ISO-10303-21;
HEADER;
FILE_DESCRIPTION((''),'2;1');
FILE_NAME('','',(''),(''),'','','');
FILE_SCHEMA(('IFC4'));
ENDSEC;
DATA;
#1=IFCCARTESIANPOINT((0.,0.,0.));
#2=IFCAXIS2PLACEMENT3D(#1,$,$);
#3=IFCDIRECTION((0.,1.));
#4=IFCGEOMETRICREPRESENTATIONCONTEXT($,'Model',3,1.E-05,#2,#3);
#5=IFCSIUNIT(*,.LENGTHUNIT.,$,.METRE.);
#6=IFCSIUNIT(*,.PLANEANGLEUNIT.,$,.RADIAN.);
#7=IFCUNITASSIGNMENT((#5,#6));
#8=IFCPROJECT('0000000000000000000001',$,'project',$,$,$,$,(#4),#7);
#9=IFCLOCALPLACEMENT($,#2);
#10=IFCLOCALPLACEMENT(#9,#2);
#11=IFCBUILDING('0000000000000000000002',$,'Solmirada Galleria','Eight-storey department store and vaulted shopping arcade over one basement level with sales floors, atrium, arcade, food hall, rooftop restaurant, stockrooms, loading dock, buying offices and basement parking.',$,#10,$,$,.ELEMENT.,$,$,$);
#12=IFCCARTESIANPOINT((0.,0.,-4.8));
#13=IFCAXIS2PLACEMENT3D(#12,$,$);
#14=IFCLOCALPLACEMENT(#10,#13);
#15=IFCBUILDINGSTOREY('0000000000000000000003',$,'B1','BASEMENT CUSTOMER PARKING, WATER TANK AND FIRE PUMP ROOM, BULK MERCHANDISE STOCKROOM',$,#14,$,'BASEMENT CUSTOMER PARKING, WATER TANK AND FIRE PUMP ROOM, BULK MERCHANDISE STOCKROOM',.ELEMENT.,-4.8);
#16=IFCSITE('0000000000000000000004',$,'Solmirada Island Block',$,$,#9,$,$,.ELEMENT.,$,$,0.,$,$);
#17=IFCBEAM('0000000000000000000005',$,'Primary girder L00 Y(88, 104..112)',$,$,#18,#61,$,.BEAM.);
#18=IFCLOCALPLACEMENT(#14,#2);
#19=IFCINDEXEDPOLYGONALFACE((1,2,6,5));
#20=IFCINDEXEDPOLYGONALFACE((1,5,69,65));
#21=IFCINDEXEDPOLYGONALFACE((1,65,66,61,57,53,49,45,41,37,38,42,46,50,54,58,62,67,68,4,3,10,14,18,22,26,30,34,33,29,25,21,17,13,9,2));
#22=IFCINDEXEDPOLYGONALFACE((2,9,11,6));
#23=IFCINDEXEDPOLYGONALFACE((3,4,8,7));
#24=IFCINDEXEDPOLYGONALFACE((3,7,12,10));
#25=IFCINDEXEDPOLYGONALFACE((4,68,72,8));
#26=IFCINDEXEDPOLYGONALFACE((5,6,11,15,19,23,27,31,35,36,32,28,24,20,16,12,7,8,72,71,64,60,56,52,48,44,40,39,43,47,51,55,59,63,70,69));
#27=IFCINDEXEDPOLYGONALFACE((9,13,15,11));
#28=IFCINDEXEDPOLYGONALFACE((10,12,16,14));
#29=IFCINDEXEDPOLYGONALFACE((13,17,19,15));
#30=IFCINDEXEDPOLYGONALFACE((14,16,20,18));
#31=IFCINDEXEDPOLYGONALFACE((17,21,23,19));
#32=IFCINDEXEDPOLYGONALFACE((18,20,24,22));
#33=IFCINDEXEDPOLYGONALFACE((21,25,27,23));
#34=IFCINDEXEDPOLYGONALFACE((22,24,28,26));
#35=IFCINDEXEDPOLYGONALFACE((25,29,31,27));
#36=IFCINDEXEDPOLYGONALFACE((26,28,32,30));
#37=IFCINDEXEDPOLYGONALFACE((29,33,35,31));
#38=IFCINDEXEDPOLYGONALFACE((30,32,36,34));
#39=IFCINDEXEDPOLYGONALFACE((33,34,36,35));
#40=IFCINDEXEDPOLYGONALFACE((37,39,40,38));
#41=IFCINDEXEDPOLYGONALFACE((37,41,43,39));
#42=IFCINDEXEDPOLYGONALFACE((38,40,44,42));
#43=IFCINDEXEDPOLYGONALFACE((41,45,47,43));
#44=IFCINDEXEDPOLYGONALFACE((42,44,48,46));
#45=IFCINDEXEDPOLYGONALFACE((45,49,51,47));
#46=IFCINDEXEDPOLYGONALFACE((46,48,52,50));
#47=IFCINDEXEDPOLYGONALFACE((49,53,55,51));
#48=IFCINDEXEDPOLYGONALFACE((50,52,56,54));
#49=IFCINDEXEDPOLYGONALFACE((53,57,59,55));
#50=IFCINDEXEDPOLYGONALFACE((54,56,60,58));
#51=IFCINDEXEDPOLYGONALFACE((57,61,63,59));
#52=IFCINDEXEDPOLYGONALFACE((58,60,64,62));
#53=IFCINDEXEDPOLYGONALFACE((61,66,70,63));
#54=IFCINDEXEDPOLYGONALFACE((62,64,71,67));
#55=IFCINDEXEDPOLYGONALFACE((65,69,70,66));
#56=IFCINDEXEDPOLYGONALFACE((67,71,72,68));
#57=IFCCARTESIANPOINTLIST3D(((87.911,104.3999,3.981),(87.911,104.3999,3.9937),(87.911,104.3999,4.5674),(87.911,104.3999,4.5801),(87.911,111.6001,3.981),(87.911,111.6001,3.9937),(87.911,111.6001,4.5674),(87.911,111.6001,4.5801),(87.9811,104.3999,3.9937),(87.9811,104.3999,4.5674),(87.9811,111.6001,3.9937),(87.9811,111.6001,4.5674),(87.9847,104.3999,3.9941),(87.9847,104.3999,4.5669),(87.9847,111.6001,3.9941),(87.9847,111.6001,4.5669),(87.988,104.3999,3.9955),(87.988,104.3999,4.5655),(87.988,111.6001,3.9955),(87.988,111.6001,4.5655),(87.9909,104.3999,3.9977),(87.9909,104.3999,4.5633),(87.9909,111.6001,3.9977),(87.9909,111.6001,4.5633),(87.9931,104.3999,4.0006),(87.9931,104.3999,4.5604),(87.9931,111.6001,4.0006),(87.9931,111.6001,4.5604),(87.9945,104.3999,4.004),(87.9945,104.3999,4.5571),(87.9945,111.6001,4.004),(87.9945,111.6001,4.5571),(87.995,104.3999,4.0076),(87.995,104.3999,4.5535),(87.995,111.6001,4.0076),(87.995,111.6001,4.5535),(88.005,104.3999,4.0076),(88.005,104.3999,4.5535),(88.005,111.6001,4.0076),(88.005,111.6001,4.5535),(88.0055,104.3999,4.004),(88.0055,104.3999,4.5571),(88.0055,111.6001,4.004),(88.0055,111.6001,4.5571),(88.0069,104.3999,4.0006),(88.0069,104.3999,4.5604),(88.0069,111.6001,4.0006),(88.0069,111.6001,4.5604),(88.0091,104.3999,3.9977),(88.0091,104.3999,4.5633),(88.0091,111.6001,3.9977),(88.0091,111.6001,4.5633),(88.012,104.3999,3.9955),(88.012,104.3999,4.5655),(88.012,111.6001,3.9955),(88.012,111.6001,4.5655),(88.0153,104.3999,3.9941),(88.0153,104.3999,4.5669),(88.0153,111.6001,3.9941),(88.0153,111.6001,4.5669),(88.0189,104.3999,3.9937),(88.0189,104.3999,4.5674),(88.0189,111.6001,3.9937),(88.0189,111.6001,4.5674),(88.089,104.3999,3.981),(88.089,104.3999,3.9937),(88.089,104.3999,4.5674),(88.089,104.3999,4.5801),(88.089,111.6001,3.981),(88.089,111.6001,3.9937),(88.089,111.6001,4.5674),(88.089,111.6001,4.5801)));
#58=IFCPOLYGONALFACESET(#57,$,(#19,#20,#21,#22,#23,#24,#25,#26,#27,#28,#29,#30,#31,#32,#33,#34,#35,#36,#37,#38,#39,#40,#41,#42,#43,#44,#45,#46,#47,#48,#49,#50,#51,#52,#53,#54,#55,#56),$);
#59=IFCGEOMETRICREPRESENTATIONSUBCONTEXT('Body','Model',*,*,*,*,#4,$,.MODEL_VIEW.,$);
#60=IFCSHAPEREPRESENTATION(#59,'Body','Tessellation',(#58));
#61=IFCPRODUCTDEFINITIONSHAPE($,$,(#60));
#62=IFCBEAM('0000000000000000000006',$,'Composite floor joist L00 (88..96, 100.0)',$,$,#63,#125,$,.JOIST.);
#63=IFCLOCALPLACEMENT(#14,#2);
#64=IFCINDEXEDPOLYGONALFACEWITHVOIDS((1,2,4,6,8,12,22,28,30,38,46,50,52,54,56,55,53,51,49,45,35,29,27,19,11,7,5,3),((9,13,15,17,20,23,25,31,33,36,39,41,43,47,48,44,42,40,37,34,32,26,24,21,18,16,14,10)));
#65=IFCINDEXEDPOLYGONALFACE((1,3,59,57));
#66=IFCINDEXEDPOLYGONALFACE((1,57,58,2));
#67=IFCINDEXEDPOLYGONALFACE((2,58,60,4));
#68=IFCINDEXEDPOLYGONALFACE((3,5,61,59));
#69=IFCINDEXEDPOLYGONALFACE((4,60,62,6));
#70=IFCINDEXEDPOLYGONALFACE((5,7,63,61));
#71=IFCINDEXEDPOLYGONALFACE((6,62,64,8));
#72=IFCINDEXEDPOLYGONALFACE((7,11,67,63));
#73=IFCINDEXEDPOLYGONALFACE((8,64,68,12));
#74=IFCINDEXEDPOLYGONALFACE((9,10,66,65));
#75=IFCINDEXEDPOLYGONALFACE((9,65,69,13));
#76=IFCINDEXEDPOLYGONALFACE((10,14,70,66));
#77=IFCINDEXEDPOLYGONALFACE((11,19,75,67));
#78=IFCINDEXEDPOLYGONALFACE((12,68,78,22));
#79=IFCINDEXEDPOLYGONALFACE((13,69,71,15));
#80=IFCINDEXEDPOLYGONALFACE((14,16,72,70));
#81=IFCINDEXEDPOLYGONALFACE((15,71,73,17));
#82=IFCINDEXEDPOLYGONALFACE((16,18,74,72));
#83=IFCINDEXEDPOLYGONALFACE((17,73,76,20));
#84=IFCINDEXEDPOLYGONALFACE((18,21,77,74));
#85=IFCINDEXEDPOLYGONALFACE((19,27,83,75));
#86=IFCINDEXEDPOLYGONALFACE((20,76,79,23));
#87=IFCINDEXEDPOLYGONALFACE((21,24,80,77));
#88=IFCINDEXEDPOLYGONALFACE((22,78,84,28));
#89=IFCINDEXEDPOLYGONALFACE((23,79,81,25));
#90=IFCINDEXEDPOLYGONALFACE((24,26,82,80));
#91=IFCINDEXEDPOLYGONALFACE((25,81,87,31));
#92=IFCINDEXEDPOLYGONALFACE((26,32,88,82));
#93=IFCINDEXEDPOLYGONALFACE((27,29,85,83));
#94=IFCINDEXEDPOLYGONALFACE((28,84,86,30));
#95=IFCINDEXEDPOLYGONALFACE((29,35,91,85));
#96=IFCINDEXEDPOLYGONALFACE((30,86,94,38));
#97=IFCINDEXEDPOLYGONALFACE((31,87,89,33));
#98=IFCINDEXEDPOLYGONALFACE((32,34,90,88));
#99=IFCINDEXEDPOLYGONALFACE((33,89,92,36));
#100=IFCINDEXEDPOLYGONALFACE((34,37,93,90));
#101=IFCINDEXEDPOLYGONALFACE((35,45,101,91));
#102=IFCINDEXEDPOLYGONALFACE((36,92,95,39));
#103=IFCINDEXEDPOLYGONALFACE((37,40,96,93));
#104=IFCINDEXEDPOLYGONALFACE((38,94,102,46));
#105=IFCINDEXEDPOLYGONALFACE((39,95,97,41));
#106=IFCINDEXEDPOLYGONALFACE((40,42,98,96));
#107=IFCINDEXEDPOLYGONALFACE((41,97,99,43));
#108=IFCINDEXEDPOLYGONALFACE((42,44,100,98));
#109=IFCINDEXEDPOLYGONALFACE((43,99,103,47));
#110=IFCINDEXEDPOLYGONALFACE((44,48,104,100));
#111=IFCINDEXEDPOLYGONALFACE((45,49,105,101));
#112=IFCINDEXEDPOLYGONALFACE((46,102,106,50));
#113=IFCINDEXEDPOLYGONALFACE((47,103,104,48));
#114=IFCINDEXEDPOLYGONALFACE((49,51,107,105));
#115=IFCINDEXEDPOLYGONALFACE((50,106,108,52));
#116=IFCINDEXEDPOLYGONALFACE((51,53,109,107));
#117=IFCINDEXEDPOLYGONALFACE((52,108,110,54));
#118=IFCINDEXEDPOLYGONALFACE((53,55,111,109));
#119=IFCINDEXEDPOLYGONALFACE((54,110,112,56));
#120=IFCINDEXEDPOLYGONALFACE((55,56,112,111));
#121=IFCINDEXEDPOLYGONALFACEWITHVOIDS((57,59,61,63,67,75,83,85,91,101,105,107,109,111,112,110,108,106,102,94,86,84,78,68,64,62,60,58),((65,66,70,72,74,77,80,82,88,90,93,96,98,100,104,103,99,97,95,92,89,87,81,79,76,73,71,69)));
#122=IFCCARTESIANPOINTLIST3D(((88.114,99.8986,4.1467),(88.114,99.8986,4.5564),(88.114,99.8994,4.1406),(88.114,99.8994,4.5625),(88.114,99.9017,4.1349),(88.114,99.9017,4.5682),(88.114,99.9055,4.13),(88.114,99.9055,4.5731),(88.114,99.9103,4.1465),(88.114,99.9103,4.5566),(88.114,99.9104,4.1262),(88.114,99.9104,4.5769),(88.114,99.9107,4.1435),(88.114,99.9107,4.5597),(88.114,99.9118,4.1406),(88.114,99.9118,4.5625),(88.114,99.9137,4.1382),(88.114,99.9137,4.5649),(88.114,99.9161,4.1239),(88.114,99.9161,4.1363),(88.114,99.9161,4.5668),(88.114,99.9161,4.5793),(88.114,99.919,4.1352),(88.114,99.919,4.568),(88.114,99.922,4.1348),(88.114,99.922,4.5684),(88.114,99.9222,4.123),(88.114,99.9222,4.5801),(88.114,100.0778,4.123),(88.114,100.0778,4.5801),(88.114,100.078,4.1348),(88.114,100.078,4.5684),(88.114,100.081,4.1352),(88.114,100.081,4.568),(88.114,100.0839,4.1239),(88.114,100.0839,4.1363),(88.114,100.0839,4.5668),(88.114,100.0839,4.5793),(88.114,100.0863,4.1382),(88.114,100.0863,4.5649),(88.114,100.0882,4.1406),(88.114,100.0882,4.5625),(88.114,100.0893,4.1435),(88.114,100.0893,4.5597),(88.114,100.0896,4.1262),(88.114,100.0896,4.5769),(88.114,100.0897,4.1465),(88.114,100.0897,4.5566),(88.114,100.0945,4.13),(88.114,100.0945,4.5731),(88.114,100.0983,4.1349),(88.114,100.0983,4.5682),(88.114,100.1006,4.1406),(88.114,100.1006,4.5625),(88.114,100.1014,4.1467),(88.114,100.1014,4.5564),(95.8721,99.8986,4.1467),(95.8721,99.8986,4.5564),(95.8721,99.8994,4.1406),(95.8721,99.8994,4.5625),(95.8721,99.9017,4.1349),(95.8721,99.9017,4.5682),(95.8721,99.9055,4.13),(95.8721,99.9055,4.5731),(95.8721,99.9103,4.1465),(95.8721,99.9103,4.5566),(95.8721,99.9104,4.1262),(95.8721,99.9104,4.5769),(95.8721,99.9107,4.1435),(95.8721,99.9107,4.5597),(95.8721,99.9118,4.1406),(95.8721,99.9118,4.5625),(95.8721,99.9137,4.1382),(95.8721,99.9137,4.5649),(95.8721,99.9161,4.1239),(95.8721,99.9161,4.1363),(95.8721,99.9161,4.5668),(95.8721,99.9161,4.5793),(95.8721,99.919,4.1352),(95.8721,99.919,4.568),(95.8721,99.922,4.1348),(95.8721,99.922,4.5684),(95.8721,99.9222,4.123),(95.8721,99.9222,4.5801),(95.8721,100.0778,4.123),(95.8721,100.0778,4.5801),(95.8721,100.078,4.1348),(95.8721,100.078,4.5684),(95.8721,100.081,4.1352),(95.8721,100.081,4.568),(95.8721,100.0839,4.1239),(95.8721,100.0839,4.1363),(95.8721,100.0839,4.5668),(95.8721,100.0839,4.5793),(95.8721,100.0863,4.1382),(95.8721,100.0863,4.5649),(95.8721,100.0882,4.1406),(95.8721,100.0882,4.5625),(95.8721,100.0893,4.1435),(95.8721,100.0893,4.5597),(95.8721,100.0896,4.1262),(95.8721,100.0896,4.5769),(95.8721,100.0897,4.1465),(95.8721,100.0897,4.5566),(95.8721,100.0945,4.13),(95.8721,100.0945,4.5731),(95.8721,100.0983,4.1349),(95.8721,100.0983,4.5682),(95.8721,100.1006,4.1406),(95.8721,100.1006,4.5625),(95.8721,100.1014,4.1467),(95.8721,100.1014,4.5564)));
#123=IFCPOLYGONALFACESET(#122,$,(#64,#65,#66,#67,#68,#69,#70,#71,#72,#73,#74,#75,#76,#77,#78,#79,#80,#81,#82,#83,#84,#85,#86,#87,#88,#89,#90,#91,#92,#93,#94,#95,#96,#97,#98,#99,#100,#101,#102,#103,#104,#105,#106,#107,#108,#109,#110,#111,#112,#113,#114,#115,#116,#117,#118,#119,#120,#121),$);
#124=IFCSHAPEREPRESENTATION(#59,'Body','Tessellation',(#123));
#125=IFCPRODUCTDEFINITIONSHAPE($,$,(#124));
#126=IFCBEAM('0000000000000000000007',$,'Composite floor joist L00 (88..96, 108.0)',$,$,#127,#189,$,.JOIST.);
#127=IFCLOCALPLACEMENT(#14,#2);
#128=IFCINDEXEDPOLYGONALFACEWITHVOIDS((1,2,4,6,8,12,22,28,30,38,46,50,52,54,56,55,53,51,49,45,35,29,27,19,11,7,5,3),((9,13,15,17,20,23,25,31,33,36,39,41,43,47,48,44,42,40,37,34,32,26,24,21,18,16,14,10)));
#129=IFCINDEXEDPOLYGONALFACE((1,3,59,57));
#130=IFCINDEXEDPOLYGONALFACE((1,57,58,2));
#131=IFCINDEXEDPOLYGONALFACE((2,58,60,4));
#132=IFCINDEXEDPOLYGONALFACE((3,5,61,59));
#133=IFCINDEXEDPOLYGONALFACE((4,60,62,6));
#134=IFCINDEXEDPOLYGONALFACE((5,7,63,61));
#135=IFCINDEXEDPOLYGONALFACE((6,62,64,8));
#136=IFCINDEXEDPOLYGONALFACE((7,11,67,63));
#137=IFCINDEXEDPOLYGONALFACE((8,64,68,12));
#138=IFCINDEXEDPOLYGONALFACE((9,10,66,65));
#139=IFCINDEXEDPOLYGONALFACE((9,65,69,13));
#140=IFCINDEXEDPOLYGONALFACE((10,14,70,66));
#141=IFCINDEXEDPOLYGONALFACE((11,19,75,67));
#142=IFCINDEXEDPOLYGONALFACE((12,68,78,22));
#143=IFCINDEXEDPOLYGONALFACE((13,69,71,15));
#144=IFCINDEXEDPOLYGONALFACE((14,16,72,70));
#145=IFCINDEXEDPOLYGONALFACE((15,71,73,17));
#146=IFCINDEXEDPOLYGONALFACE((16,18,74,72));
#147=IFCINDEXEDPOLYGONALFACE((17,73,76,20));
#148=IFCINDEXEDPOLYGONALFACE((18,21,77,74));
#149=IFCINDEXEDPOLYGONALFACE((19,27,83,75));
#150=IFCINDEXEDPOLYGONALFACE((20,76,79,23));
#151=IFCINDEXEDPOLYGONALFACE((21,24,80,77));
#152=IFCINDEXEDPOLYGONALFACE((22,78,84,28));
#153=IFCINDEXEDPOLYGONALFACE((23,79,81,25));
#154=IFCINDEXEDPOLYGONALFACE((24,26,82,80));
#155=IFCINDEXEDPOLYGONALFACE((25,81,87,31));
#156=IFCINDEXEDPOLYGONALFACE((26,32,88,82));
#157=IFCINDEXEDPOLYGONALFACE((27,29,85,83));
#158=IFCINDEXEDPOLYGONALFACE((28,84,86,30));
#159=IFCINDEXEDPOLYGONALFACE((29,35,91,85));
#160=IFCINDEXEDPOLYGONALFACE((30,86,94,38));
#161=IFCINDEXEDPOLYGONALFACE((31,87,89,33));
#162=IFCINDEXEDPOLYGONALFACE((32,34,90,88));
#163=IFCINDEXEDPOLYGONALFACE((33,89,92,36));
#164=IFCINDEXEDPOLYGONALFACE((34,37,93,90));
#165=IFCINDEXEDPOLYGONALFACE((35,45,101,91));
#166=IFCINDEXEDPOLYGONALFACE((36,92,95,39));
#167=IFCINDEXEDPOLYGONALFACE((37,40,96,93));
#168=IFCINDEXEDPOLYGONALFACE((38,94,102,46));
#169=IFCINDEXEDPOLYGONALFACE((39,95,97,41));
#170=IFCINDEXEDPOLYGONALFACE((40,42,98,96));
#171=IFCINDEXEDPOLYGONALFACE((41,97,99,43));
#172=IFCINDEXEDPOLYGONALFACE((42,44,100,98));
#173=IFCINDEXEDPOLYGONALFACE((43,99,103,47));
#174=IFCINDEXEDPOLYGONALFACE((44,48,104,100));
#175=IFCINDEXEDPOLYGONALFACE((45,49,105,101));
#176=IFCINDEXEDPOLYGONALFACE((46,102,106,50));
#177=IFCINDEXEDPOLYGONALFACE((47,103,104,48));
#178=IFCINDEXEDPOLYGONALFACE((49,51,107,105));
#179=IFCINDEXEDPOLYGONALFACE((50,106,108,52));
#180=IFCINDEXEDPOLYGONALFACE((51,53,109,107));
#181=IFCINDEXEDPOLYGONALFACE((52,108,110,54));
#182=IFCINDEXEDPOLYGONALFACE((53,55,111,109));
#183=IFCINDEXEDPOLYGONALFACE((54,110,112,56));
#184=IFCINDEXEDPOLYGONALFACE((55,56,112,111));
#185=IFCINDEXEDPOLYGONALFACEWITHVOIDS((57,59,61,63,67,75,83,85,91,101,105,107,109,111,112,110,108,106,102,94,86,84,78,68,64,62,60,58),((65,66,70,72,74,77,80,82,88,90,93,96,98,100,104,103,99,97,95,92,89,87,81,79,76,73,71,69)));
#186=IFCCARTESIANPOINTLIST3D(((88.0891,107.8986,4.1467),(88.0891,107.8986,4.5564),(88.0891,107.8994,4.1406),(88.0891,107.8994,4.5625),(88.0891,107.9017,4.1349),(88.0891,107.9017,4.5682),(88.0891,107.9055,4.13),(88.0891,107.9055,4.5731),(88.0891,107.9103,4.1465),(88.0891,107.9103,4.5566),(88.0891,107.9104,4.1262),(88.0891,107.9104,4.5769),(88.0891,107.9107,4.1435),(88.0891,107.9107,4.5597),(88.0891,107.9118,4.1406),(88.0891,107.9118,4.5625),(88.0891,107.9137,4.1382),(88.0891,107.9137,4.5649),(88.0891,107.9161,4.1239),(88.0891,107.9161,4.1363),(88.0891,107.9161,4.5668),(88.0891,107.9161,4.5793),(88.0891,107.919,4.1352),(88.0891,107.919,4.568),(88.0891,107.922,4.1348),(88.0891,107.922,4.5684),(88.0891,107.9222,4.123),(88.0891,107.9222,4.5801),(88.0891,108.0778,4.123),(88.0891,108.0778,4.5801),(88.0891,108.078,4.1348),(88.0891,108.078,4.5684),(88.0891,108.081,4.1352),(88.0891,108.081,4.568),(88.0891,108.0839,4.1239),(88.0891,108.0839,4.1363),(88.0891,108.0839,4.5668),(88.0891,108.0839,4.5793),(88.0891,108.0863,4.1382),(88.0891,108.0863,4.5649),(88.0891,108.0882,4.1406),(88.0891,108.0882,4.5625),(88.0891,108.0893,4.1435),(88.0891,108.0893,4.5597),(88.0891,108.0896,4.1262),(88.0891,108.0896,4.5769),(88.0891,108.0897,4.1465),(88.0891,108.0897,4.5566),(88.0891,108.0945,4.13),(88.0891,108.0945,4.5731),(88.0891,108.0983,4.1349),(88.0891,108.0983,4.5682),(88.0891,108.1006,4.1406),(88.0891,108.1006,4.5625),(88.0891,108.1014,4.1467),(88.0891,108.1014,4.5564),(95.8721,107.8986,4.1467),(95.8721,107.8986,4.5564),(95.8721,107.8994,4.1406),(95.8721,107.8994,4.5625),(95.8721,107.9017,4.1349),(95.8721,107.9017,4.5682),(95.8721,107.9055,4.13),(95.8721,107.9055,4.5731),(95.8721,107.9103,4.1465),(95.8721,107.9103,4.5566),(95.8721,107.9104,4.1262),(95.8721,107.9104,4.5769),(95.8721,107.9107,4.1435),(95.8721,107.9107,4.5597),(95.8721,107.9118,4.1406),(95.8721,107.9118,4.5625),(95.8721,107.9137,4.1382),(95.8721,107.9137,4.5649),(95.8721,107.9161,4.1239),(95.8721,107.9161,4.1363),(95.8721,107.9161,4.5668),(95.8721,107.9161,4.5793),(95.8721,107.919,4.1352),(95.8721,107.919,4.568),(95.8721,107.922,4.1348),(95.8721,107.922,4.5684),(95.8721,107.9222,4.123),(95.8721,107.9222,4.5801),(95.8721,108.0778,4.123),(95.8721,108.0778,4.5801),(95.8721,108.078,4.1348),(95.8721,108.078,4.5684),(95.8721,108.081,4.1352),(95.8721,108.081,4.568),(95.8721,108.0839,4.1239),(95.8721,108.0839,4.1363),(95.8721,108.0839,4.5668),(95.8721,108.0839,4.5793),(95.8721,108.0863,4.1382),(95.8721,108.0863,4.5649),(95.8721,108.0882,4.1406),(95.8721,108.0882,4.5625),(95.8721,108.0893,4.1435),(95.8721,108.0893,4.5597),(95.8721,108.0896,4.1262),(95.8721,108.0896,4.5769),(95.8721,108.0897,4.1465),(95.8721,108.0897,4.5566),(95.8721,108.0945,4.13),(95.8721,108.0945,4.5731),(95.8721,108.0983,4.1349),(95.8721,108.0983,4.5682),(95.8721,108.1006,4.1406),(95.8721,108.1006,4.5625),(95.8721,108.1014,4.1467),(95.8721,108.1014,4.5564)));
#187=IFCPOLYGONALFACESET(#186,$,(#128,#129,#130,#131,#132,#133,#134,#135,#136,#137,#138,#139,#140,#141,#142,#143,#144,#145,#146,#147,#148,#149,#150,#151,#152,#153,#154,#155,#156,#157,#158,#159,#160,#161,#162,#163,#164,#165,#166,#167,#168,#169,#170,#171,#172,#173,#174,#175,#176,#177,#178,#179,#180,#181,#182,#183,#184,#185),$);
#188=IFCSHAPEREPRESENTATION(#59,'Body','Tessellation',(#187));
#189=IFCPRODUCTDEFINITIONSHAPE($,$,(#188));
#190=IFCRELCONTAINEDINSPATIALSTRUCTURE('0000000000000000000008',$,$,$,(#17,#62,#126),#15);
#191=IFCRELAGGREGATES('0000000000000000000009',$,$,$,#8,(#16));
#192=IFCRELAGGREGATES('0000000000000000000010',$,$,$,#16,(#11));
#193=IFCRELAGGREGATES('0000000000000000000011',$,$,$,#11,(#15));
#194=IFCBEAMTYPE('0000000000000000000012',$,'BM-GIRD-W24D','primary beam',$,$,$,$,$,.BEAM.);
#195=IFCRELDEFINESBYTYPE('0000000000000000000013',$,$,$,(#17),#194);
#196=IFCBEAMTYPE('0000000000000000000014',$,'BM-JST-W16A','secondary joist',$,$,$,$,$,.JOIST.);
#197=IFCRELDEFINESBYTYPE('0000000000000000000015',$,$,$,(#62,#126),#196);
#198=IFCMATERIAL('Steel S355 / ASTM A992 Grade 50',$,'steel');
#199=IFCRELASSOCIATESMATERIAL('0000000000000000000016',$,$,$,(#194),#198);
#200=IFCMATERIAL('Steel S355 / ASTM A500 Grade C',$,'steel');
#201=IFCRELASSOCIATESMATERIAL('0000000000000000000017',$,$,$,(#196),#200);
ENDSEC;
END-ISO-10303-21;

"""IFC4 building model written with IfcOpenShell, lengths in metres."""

from ifc_helpers import new_model, si_unit, direction, frame, origin, origin_2d, place, context, subcontext, project, spatial, hollow_rectangle, i_section, extrude, material, material_profile, profile_set, type_object, element, save


model = new_model("IFC4")

# Units and contexts
model_context = context("Model", 3, precision=1e-05, world=origin(), true_north=direction((0.0, 1.0)))
body_context = subcontext(model_context, "Body", "Model", "MODEL_VIEW")
ifc_project = project(units=[si_unit("LENGTHUNIT", "METRE"), si_unit("PLANEANGLEUNIT", "RADIAN")], contexts=[model_context])

# Site, building, storey
site_placement = place(None, origin())
site = spatial("IfcSite", under=ifc_project, at=site_placement, Name="Solmirada Island Block", CompositionType="ELEMENT", RefElevation=0.0)
building_placement = place(site_placement, origin())
building = spatial("IfcBuilding", under=site, at=building_placement, Name="Solmirada Galleria", Description="Eight-storey department store and vaulted shopping arcade over one basement level with sales floors, atrium, arcade, food hall, rooftop restaurant, stockrooms, loading dock, buying offices and basement parking.", CompositionType="ELEMENT")
storey_placement = place(building_placement, frame((0.0, 0.0, -4.8)))
storey = spatial("IfcBuildingStorey", under=building, at=storey_placement, Name="B1", Description="BASEMENT CUSTOMER PARKING, WATER TANK AND FIRE PUMP ROOM, BULK MERCHANDISE STOCKROOM", LongName="BASEMENT CUSTOMER PARKING, WATER TANK AND FIRE PUMP ROOM, BULK MERCHANDISE STOCKROOM", CompositionType="ELEMENT", Elevation=-4.8)

# Beams
ifc_material_1 = material(Name="Steel S355 / ASTM A992 Grade 50", Category="steel")
ifc_material_profile_1 = material_profile(ifc_material_1, i_section(OverallWidth=0.178, OverallDepth=0.5991, WebThickness=0.01, FlangeThickness=0.0127, FilletRadius=0.0139, at=origin_2d()), Name="W24X55")
ifc_profile_set_1 = profile_set([ifc_material_profile_1], Name="Steel S355 / ASTM A992 Grade 50")
beam_type_1 = type_object("IfcBeamType", Name="BM-GIRD-W24D", Description="primary beam", PredefinedType="BEAM", material=ifc_profile_set_1)
beam_1_placement = place(storey_placement, frame((88.0, 104.3999, 4.2805), z_axis=(0.0, 1.0, 0.0), x_axis=(-1.0, 0.0, 0.0)))
element("IfcBeam", 1, at=beam_1_placement, inside=storey, type_object=beam_type_1, Name="Primary girder L00 Y(88, 104..112)", PredefinedType="BEAM", context=body_context, shape_type="SweptSolid", body=[
    extrude(i_section(OverallWidth=0.178, OverallDepth=0.5991, WebThickness=0.01, FlangeThickness=0.0127, FilletRadius=0.0139, at=origin_2d()), origin(), (0.0, 0.0, 1.0), 7.2002),
])
ifc_material_2 = material(Name="Steel S355 / ASTM A500 Grade C", Category="steel")
ifc_material_profile_2 = material_profile(ifc_material_2, hollow_rectangle(XDim=0.2029, YDim=0.457, WallThickness=0.0117, InnerFilletRadius=0.0117, OuterFilletRadius=0.0237, at=origin_2d()), Name="HSS18X8X1/2")
ifc_profile_set_2 = profile_set([ifc_material_profile_2], Name="Steel S355 / ASTM A500 Grade C")
beam_type_2 = type_object("IfcBeamType", Name="BM-JST-W16A", Description="secondary joist", PredefinedType="JOIST", material=ifc_profile_set_2)
beam_2_placement = place(storey_placement, frame((88.114, 100.0, 4.3516), z_axis=(1.0, 0.0, 0.0), x_axis=(0.0, 1.0, 0.0)))
element("IfcBeam", 2, at=beam_2_placement, inside=storey, type_object=beam_type_2, Name="Composite floor joist L00 (88..96, 100.0)", PredefinedType="JOIST", context=body_context, shape_type="SweptSolid", body=[
    extrude(hollow_rectangle(XDim=0.2029, YDim=0.457, WallThickness=0.0117, InnerFilletRadius=0.0117, OuterFilletRadius=0.0237, at=origin_2d()), origin(), (0.0, 0.0, 1.0), 7.7581),
])
beam_3_placement = place(storey_placement, frame((88.0891, 108.0, 4.3516), z_axis=(1.0, 0.0, 0.0), x_axis=(0.0, 1.0, 0.0)))
element("IfcBeam", 3, at=beam_3_placement, inside=storey, type_object=beam_type_2, Name="Composite floor joist L00 (88..96, 108.0)", PredefinedType="JOIST", context=body_context, shape_type="SweptSolid", body=[
    extrude(hollow_rectangle(XDim=0.2029, YDim=0.457, WallThickness=0.0117, InnerFilletRadius=0.0117, OuterFilletRadius=0.0237, at=origin_2d()), origin(), (0.0, 0.0, 1.0), 7.783),
])

save(model, "model.ifc")
